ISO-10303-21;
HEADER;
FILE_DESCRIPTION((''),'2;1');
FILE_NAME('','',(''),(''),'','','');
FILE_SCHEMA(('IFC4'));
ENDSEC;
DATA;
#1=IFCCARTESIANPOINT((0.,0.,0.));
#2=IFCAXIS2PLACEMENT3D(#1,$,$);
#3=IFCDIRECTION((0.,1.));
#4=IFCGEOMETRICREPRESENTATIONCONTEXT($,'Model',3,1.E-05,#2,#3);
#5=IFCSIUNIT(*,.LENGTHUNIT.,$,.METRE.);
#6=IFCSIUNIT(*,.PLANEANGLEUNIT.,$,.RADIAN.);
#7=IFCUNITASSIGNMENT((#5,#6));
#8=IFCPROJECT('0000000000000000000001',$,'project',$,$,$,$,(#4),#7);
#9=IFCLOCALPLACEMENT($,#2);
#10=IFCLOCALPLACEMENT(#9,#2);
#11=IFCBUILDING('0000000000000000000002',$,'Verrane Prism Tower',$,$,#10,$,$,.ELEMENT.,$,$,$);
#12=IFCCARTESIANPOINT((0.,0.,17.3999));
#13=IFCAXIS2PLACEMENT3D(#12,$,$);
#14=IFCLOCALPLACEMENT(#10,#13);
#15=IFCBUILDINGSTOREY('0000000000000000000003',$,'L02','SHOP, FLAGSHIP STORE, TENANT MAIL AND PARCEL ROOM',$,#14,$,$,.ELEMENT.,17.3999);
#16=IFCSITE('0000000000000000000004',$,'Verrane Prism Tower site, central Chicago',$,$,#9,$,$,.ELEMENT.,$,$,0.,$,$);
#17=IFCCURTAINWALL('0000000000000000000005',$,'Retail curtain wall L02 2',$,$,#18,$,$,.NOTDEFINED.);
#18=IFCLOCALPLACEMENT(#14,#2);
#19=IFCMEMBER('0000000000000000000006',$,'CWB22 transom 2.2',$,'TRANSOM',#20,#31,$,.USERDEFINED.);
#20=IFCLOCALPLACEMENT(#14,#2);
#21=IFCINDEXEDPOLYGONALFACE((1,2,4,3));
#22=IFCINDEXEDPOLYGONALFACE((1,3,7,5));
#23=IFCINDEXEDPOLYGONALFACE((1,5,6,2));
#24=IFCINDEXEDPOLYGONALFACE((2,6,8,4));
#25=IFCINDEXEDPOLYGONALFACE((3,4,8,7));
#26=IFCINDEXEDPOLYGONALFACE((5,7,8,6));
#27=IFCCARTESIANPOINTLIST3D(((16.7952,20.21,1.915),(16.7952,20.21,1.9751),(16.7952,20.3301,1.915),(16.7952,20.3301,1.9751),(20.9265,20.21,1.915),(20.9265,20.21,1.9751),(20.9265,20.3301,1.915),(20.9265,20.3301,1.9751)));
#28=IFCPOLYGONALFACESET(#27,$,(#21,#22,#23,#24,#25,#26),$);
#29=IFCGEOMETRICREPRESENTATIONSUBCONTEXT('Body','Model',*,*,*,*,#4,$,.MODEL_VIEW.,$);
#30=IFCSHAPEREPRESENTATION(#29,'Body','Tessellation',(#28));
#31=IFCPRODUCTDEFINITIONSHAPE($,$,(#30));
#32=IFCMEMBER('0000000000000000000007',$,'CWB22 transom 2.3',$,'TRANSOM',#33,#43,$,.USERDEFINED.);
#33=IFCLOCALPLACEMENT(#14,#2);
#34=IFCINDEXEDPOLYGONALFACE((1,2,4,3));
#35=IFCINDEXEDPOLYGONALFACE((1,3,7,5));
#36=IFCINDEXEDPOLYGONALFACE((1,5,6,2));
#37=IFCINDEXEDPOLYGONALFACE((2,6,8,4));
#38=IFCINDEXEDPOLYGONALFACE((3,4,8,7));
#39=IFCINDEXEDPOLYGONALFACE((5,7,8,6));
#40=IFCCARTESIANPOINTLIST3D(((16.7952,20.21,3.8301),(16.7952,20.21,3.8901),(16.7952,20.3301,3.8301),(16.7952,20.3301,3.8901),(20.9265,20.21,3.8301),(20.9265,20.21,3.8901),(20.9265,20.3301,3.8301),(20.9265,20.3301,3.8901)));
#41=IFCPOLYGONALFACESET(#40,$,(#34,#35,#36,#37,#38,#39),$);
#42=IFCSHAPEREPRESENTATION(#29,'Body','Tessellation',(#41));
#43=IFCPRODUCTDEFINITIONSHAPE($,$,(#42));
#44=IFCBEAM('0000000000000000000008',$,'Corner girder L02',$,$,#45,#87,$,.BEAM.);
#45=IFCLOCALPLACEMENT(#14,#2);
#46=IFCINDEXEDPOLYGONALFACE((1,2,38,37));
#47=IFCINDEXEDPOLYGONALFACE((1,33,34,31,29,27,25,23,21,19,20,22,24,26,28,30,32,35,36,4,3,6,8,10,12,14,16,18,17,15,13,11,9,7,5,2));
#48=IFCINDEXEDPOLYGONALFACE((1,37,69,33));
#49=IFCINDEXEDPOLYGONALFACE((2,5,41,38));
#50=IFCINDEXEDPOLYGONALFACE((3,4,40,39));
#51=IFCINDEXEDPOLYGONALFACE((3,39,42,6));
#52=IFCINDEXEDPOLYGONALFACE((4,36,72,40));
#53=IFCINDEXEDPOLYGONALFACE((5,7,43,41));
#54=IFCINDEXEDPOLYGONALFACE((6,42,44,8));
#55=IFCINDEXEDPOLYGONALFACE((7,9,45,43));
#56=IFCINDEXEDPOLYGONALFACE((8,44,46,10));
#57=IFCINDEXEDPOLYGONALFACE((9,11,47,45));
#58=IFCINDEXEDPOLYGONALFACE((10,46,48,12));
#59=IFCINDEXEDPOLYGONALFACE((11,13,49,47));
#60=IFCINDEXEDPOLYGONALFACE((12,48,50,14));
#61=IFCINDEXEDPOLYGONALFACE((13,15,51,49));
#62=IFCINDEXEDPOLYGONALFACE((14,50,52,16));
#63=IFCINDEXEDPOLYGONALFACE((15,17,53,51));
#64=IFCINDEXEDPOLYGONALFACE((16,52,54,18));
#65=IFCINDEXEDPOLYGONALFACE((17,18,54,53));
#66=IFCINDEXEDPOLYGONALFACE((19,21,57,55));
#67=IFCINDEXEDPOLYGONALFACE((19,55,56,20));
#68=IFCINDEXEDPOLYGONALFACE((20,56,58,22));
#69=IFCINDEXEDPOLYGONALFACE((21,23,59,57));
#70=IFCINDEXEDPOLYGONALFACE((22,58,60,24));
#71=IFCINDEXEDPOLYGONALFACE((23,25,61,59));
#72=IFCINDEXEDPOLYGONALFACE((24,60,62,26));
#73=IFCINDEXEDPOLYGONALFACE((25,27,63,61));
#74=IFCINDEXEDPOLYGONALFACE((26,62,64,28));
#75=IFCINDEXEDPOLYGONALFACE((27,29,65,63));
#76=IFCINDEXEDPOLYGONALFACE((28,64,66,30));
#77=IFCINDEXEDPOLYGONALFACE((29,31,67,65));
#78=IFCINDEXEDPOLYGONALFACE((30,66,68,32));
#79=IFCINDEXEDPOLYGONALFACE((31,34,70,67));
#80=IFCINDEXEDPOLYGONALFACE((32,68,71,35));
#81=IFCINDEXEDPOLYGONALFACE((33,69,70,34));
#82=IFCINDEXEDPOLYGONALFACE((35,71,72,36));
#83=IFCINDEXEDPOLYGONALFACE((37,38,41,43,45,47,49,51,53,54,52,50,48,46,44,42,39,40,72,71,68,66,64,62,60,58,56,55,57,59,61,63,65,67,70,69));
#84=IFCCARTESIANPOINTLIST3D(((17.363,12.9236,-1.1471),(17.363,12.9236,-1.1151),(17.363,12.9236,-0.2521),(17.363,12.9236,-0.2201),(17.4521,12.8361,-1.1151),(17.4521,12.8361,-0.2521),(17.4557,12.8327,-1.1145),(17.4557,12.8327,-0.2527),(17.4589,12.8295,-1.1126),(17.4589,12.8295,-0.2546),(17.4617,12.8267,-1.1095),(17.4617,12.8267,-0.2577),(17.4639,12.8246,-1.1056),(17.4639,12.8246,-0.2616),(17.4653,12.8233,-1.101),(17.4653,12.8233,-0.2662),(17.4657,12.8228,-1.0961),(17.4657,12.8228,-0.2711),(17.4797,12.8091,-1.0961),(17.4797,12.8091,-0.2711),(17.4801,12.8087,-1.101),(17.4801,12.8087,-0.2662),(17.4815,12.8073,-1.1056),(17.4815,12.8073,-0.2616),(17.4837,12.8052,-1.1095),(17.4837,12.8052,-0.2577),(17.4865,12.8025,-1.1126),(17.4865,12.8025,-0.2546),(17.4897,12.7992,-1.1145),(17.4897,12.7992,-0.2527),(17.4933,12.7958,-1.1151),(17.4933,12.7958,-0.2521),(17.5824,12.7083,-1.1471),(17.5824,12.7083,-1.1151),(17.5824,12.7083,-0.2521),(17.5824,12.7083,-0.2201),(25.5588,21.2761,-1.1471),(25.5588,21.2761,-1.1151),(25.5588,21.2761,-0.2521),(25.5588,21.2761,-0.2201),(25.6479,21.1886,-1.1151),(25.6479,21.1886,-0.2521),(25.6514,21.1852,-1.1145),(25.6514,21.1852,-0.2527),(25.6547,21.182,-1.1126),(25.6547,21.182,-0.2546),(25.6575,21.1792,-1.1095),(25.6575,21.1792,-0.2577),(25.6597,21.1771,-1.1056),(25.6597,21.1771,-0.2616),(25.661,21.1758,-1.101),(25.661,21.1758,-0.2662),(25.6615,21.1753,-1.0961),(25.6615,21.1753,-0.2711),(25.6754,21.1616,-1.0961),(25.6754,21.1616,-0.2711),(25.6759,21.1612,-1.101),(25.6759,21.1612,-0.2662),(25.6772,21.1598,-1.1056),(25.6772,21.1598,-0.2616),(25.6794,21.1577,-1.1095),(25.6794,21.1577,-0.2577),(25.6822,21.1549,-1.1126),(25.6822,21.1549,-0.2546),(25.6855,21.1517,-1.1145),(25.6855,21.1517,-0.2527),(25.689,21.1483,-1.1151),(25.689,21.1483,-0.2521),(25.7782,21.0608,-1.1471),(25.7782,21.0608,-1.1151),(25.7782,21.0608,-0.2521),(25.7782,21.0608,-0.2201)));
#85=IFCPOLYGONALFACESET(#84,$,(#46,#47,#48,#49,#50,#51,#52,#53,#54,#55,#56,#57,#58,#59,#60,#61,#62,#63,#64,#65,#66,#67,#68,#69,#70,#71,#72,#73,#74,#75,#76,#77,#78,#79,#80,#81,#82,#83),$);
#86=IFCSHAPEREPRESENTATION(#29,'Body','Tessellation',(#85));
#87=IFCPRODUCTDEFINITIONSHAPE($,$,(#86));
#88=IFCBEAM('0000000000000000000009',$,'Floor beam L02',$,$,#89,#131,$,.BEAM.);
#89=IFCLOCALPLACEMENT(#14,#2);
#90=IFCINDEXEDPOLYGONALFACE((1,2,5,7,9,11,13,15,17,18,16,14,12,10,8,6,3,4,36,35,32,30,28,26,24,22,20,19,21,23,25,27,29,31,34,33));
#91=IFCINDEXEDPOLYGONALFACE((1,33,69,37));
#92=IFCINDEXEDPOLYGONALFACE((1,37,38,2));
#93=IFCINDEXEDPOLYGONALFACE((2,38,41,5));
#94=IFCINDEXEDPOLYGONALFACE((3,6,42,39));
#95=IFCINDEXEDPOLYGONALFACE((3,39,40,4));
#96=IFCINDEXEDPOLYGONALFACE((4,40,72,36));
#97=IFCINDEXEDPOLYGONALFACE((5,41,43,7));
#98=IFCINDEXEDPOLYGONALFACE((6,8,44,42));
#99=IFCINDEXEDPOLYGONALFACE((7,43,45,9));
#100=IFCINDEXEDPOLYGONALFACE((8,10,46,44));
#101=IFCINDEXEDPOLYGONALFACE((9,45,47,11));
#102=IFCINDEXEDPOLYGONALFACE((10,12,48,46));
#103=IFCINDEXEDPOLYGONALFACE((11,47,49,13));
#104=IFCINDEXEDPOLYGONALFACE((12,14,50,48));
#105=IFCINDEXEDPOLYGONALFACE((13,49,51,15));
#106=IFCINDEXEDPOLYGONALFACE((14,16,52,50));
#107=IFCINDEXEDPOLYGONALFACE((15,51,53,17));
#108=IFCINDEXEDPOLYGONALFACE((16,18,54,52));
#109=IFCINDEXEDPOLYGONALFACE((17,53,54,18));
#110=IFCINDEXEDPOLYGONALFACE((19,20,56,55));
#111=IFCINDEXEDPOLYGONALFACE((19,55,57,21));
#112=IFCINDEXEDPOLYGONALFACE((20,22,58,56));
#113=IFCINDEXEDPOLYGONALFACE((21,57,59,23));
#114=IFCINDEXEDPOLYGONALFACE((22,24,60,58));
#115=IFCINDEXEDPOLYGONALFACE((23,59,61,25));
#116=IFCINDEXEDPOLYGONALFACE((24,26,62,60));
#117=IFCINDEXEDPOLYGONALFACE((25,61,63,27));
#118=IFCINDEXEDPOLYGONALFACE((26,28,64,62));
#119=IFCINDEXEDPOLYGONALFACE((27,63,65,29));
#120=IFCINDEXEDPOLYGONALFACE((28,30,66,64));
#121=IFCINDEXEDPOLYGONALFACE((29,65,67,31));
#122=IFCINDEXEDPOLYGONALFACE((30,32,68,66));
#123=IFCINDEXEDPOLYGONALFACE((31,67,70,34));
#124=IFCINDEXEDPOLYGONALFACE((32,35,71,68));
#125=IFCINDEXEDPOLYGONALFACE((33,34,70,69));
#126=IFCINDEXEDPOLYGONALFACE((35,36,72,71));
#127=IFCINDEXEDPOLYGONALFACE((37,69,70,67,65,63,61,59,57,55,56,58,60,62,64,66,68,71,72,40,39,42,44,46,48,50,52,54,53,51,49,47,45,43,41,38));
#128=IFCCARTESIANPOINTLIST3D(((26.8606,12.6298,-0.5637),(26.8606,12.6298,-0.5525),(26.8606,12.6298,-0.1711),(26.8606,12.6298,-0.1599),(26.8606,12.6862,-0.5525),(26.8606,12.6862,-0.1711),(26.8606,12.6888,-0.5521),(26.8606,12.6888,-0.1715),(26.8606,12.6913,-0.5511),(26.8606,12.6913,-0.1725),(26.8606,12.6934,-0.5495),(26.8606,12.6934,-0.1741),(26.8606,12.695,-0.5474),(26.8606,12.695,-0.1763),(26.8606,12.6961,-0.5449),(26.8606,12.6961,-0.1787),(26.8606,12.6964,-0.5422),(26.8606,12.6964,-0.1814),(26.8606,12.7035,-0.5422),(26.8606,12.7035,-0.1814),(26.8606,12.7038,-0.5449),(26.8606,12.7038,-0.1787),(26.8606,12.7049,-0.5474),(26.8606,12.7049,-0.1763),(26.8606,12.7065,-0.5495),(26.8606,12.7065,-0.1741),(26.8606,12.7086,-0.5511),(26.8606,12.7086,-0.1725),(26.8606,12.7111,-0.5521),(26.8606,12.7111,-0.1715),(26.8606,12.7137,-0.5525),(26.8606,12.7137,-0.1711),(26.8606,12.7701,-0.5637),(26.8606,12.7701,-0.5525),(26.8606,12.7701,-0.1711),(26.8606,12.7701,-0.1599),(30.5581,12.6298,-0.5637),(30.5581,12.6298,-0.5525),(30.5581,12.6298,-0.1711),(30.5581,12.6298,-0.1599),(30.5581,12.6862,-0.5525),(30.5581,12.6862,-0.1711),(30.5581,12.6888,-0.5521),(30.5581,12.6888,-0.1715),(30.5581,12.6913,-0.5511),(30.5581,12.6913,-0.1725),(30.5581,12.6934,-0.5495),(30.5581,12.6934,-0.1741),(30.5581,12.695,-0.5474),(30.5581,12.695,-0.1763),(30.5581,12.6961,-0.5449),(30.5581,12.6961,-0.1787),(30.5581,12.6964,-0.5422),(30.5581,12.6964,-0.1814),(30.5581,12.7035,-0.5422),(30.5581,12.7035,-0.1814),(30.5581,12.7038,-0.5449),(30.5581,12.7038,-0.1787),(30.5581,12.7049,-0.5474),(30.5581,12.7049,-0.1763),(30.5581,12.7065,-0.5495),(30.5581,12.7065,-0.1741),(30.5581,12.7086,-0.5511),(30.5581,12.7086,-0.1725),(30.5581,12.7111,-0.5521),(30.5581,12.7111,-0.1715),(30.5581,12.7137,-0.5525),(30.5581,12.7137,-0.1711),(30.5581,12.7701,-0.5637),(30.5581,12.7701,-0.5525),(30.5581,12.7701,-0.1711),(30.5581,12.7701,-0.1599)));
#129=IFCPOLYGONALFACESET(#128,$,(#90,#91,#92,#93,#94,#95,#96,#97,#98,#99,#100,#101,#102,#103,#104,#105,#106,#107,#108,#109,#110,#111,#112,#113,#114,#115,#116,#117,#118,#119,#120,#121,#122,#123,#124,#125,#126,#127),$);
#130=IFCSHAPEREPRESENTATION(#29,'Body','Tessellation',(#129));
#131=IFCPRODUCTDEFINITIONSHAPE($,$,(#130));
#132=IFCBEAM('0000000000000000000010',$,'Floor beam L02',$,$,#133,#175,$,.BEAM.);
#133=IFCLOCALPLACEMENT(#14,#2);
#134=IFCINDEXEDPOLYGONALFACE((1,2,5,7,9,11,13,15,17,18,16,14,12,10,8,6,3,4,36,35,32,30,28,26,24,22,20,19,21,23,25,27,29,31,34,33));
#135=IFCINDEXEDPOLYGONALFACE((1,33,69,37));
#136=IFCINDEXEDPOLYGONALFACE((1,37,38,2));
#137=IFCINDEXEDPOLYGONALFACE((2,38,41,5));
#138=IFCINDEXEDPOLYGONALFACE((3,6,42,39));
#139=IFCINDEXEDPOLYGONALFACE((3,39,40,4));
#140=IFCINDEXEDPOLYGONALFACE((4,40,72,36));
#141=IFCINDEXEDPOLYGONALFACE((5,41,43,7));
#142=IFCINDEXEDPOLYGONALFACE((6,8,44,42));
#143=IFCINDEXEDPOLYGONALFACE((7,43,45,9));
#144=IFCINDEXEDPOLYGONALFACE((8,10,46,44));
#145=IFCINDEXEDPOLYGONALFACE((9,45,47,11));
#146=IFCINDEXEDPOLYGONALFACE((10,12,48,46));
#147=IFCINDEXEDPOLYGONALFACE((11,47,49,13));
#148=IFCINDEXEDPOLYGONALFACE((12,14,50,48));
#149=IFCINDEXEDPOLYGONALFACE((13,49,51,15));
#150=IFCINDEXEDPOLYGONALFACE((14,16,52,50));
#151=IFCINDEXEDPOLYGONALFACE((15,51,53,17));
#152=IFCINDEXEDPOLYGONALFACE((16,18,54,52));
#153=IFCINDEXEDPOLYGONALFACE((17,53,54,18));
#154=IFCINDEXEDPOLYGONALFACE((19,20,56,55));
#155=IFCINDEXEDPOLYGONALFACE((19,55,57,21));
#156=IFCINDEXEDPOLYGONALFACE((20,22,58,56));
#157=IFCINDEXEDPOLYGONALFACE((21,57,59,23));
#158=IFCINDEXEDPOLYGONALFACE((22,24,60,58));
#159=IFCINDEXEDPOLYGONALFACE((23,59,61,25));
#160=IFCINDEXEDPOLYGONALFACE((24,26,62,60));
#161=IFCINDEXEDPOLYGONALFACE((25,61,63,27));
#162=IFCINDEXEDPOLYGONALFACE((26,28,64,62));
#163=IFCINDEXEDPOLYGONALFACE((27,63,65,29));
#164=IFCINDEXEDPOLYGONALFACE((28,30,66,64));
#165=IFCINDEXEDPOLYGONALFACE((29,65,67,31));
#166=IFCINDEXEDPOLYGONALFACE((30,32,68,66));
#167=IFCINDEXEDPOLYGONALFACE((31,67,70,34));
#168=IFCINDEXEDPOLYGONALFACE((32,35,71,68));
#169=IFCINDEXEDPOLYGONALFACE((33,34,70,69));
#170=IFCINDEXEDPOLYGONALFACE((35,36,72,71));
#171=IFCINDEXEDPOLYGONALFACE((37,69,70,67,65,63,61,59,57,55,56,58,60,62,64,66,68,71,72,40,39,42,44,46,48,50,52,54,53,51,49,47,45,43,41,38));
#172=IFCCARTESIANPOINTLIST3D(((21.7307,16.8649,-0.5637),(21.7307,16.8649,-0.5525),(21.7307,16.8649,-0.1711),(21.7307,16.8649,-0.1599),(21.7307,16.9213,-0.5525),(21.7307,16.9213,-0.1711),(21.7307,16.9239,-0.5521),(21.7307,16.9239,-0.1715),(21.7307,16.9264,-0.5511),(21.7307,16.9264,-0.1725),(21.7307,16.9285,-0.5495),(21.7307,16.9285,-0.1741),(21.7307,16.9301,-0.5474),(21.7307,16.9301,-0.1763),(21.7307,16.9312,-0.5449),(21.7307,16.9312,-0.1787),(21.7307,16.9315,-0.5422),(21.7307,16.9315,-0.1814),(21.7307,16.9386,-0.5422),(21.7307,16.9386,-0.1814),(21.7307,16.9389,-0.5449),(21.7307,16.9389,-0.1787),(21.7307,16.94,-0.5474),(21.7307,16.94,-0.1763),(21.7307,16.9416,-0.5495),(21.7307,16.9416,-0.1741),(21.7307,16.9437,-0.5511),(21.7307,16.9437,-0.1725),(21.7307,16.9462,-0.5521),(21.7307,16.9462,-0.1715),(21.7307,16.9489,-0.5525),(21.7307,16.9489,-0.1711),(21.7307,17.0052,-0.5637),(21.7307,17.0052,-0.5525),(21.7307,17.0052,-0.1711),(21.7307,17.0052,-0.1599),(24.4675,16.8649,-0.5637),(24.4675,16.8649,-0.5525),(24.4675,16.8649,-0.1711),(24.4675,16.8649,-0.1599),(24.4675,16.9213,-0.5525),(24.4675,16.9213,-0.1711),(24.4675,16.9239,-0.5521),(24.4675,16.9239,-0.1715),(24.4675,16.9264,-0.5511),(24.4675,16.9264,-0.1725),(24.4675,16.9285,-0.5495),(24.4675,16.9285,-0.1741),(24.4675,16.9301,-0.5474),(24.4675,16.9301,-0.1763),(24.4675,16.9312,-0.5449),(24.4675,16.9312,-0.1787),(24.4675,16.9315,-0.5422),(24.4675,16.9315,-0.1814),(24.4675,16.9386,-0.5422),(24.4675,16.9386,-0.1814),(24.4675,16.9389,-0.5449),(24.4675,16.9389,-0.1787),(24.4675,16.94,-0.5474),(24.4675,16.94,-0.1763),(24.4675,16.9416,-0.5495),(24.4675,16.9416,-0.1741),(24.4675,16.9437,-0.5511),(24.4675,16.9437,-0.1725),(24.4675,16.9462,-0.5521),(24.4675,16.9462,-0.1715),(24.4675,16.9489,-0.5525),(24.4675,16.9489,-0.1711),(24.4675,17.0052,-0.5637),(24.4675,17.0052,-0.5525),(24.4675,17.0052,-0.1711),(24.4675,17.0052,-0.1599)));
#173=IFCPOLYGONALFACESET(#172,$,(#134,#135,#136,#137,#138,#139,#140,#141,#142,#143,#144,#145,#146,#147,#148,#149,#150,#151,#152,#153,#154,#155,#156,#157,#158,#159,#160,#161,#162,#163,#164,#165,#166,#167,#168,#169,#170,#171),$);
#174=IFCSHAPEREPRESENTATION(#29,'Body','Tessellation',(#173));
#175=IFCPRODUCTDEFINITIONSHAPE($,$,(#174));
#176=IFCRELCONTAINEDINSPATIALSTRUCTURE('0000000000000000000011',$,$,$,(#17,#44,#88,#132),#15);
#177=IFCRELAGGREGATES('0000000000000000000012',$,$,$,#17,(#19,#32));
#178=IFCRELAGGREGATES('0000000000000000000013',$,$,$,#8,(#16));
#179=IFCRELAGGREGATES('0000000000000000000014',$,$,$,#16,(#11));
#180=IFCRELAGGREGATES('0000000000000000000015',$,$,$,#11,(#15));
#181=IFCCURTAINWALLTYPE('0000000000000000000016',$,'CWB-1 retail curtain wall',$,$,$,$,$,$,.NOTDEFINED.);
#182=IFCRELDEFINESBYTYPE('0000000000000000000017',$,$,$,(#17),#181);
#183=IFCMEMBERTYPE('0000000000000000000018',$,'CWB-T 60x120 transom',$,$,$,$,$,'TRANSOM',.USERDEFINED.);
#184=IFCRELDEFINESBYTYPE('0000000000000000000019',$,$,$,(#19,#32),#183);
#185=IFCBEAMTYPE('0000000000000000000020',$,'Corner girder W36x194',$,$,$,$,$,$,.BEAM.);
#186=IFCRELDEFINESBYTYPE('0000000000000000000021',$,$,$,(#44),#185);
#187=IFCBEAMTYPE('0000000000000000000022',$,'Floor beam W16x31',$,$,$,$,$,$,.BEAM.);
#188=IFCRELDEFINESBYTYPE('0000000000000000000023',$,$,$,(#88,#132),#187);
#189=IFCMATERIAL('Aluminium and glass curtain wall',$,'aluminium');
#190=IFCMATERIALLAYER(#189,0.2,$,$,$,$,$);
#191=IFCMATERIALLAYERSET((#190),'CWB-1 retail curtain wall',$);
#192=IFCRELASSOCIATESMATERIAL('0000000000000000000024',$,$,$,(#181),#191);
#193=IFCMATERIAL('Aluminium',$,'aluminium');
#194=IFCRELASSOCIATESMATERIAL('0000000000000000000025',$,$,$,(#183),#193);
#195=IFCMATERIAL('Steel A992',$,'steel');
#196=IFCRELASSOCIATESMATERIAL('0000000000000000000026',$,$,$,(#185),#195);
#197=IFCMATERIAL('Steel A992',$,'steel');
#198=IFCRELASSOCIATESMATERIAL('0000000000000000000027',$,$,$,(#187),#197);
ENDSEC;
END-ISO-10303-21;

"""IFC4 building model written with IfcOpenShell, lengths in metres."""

from ifc_helpers import new_model, si_unit, direction, frame, origin, origin_2d, place, context, subcontext, project, spatial, rectangle, i_section, extrude, material, layer, layer_set, material_profile, profile_set, type_object, element, aggregate, save


model = new_model("IFC4")

# Units and contexts
model_context = context("Model", 3, precision=1e-05, world=origin(), true_north=direction((0.0, 1.0)))
body_context = subcontext(model_context, "Body", "Model", "MODEL_VIEW")
ifc_project = project(units=[si_unit("LENGTHUNIT", "METRE"), si_unit("PLANEANGLEUNIT", "RADIAN")], contexts=[model_context])

# Site, building, storey
site_placement = place(None, origin())
site = spatial("IfcSite", under=ifc_project, at=site_placement, Name="Verrane Prism Tower site, central Chicago", CompositionType="ELEMENT", RefElevation=0.0)
building_placement = place(site_placement, origin())
building = spatial("IfcBuilding", under=site, at=building_placement, Name="Verrane Prism Tower", CompositionType="ELEMENT")
storey_placement = place(building_placement, frame((0.0, 0.0, 17.3999)))
storey = spatial("IfcBuildingStorey", under=building, at=storey_placement, Name="L02", Description="SHOP, FLAGSHIP STORE, TENANT MAIL AND PARCEL ROOM", CompositionType="ELEMENT", Elevation=17.3999)

# Curtain wall
ifc_material_1 = material(Name="Aluminium and glass curtain wall", Category="aluminium")
ifc_layer_1 = layer(ifc_material_1, 0.2)
ifc_layer_set_1 = layer_set([ifc_layer_1], Name="CWB-1 retail curtain wall")
curtain_wall_type = type_object("IfcCurtainWallType", Name="CWB-1 retail curtain wall", PredefinedType="NOTDEFINED", material=ifc_layer_set_1)
curtain_wall_1_placement = place(storey_placement, origin())
curtain_wall_1 = element("IfcCurtainWall", 1, at=curtain_wall_1_placement, inside=storey, type_object=curtain_wall_type, Name="Retail curtain wall L02 2", PredefinedType="NOTDEFINED")

# Members
ifc_material_2 = material(Name="Aluminium", Category="aluminium")
ifc_material_profile_1 = material_profile(ifc_material_2, rectangle(XDim=0.1201, YDim=0.0601, at=origin_2d()), Name="CWB-T 60x120 transom")
ifc_profile_set_1 = profile_set([ifc_material_profile_1], Name="Aluminium")
member_type_1 = type_object("IfcMemberType", Name="CWB-T 60x120 transom", ElementType="TRANSOM", PredefinedType="USERDEFINED", material=ifc_profile_set_1)
member_1_placement = place(storey_placement, frame((20.9265, 20.27, 1.9451), z_axis=(-1.0, 0.0, 0.0), x_axis=(0.0, -1.0, 0.0)))
member_1 = element("IfcMember", 2, at=member_1_placement, type_object=member_type_1, Name="CWB22 transom 2.2", ObjectType="TRANSOM", PredefinedType="USERDEFINED", context=body_context, shape_type="SweptSolid", body=[
    extrude(rectangle(XDim=0.1201, YDim=0.0601, at=origin_2d()), origin(), (0.0, 0.0, 1.0), 4.1313),
])
member_2_placement = place(storey_placement, frame((20.9265, 20.27, 3.8601), z_axis=(-1.0, 0.0, 0.0), x_axis=(0.0, -1.0, 0.0)))
member_2 = element("IfcMember", 3, at=member_2_placement, type_object=member_type_1, Name="CWB22 transom 2.3", ObjectType="TRANSOM", PredefinedType="USERDEFINED", context=body_context, shape_type="SweptSolid", body=[
    extrude(rectangle(XDim=0.1201, YDim=0.0601, at=origin_2d()), origin(), (0.0, 0.0, 1.0), 4.1313),
])

# Beams
ifc_material_3 = material(Name="Steel A992", Category="steel")
ifc_material_profile_2 = material_profile(ifc_material_3, i_section(OverallWidth=0.3074, OverallDepth=0.927, WebThickness=0.0195, FlangeThickness=0.032, FilletRadius=0.019, at=origin_2d()), Name="W36x194")
ifc_profile_set_2 = profile_set([ifc_material_profile_2], Name="Steel A992")
beam_type_1 = type_object("IfcBeamType", Name="Corner girder W36x194", PredefinedType="BEAM", material=ifc_profile_set_2)
beam_1_placement = place(storey_placement, frame((25.6685, 21.1685, -0.6836), z_axis=(-0.700378, -0.713772, 0.0), x_axis=(0.713772, -0.700378, 0.0)))
element("IfcBeam", 4, at=beam_1_placement, inside=storey, type_object=beam_type_1, Name="Corner girder L02", PredefinedType="BEAM", context=body_context, shape_type="SweptSolid", body=[
    extrude(i_section(OverallWidth=0.3074, OverallDepth=0.927, WebThickness=0.0195, FlangeThickness=0.032, FilletRadius=0.019, at=origin_2d()), origin(), (0.0, 0.0, 1.0), 11.7019),
])
ifc_material_4 = material(Name="Steel A992", Category="steel")
ifc_material_profile_3 = material_profile(ifc_material_4, i_section(OverallWidth=0.1404, OverallDepth=0.4038, WebThickness=0.0071, FlangeThickness=0.0112, FilletRadius=0.0103, at=origin_2d()), Name="W16x31")
ifc_profile_set_3 = profile_set([ifc_material_profile_3], Name="Steel A992")
beam_type_2 = type_object("IfcBeamType", Name="Floor beam W16x31", PredefinedType="BEAM", material=ifc_profile_set_3)
beam_2_placement = place(storey_placement, frame((26.8606, 12.7, -0.3618), z_axis=(1.0, 0.0, 0.0), x_axis=(0.0, 1.0, 0.0)))
element("IfcBeam", 5, at=beam_2_placement, inside=storey, type_object=beam_type_2, Name="Floor beam L02", PredefinedType="BEAM", context=body_context, shape_type="SweptSolid", body=[
    extrude(i_section(OverallWidth=0.1404, OverallDepth=0.4038, WebThickness=0.0071, FlangeThickness=0.0112, FilletRadius=0.0103, at=origin_2d()), origin(), (0.0, 0.0, 1.0), 3.6975),
])
beam_3_placement = place(storey_placement, frame((21.7307, 16.9351, -0.3618), z_axis=(1.0, 0.0, 0.0), x_axis=(0.0, 1.0, 0.0)))
element("IfcBeam", 6, at=beam_3_placement, inside=storey, type_object=beam_type_2, Name="Floor beam L02", PredefinedType="BEAM", context=body_context, shape_type="SweptSolid", body=[
    extrude(i_section(OverallWidth=0.1404, OverallDepth=0.4038, WebThickness=0.0071, FlangeThickness=0.0112, FilletRadius=0.0103, at=origin_2d()), origin(), (0.0, 0.0, 1.0), 2.7368),
])

aggregate(curtain_wall_1, [member_1, member_2])

save(model, "model.ifc")
